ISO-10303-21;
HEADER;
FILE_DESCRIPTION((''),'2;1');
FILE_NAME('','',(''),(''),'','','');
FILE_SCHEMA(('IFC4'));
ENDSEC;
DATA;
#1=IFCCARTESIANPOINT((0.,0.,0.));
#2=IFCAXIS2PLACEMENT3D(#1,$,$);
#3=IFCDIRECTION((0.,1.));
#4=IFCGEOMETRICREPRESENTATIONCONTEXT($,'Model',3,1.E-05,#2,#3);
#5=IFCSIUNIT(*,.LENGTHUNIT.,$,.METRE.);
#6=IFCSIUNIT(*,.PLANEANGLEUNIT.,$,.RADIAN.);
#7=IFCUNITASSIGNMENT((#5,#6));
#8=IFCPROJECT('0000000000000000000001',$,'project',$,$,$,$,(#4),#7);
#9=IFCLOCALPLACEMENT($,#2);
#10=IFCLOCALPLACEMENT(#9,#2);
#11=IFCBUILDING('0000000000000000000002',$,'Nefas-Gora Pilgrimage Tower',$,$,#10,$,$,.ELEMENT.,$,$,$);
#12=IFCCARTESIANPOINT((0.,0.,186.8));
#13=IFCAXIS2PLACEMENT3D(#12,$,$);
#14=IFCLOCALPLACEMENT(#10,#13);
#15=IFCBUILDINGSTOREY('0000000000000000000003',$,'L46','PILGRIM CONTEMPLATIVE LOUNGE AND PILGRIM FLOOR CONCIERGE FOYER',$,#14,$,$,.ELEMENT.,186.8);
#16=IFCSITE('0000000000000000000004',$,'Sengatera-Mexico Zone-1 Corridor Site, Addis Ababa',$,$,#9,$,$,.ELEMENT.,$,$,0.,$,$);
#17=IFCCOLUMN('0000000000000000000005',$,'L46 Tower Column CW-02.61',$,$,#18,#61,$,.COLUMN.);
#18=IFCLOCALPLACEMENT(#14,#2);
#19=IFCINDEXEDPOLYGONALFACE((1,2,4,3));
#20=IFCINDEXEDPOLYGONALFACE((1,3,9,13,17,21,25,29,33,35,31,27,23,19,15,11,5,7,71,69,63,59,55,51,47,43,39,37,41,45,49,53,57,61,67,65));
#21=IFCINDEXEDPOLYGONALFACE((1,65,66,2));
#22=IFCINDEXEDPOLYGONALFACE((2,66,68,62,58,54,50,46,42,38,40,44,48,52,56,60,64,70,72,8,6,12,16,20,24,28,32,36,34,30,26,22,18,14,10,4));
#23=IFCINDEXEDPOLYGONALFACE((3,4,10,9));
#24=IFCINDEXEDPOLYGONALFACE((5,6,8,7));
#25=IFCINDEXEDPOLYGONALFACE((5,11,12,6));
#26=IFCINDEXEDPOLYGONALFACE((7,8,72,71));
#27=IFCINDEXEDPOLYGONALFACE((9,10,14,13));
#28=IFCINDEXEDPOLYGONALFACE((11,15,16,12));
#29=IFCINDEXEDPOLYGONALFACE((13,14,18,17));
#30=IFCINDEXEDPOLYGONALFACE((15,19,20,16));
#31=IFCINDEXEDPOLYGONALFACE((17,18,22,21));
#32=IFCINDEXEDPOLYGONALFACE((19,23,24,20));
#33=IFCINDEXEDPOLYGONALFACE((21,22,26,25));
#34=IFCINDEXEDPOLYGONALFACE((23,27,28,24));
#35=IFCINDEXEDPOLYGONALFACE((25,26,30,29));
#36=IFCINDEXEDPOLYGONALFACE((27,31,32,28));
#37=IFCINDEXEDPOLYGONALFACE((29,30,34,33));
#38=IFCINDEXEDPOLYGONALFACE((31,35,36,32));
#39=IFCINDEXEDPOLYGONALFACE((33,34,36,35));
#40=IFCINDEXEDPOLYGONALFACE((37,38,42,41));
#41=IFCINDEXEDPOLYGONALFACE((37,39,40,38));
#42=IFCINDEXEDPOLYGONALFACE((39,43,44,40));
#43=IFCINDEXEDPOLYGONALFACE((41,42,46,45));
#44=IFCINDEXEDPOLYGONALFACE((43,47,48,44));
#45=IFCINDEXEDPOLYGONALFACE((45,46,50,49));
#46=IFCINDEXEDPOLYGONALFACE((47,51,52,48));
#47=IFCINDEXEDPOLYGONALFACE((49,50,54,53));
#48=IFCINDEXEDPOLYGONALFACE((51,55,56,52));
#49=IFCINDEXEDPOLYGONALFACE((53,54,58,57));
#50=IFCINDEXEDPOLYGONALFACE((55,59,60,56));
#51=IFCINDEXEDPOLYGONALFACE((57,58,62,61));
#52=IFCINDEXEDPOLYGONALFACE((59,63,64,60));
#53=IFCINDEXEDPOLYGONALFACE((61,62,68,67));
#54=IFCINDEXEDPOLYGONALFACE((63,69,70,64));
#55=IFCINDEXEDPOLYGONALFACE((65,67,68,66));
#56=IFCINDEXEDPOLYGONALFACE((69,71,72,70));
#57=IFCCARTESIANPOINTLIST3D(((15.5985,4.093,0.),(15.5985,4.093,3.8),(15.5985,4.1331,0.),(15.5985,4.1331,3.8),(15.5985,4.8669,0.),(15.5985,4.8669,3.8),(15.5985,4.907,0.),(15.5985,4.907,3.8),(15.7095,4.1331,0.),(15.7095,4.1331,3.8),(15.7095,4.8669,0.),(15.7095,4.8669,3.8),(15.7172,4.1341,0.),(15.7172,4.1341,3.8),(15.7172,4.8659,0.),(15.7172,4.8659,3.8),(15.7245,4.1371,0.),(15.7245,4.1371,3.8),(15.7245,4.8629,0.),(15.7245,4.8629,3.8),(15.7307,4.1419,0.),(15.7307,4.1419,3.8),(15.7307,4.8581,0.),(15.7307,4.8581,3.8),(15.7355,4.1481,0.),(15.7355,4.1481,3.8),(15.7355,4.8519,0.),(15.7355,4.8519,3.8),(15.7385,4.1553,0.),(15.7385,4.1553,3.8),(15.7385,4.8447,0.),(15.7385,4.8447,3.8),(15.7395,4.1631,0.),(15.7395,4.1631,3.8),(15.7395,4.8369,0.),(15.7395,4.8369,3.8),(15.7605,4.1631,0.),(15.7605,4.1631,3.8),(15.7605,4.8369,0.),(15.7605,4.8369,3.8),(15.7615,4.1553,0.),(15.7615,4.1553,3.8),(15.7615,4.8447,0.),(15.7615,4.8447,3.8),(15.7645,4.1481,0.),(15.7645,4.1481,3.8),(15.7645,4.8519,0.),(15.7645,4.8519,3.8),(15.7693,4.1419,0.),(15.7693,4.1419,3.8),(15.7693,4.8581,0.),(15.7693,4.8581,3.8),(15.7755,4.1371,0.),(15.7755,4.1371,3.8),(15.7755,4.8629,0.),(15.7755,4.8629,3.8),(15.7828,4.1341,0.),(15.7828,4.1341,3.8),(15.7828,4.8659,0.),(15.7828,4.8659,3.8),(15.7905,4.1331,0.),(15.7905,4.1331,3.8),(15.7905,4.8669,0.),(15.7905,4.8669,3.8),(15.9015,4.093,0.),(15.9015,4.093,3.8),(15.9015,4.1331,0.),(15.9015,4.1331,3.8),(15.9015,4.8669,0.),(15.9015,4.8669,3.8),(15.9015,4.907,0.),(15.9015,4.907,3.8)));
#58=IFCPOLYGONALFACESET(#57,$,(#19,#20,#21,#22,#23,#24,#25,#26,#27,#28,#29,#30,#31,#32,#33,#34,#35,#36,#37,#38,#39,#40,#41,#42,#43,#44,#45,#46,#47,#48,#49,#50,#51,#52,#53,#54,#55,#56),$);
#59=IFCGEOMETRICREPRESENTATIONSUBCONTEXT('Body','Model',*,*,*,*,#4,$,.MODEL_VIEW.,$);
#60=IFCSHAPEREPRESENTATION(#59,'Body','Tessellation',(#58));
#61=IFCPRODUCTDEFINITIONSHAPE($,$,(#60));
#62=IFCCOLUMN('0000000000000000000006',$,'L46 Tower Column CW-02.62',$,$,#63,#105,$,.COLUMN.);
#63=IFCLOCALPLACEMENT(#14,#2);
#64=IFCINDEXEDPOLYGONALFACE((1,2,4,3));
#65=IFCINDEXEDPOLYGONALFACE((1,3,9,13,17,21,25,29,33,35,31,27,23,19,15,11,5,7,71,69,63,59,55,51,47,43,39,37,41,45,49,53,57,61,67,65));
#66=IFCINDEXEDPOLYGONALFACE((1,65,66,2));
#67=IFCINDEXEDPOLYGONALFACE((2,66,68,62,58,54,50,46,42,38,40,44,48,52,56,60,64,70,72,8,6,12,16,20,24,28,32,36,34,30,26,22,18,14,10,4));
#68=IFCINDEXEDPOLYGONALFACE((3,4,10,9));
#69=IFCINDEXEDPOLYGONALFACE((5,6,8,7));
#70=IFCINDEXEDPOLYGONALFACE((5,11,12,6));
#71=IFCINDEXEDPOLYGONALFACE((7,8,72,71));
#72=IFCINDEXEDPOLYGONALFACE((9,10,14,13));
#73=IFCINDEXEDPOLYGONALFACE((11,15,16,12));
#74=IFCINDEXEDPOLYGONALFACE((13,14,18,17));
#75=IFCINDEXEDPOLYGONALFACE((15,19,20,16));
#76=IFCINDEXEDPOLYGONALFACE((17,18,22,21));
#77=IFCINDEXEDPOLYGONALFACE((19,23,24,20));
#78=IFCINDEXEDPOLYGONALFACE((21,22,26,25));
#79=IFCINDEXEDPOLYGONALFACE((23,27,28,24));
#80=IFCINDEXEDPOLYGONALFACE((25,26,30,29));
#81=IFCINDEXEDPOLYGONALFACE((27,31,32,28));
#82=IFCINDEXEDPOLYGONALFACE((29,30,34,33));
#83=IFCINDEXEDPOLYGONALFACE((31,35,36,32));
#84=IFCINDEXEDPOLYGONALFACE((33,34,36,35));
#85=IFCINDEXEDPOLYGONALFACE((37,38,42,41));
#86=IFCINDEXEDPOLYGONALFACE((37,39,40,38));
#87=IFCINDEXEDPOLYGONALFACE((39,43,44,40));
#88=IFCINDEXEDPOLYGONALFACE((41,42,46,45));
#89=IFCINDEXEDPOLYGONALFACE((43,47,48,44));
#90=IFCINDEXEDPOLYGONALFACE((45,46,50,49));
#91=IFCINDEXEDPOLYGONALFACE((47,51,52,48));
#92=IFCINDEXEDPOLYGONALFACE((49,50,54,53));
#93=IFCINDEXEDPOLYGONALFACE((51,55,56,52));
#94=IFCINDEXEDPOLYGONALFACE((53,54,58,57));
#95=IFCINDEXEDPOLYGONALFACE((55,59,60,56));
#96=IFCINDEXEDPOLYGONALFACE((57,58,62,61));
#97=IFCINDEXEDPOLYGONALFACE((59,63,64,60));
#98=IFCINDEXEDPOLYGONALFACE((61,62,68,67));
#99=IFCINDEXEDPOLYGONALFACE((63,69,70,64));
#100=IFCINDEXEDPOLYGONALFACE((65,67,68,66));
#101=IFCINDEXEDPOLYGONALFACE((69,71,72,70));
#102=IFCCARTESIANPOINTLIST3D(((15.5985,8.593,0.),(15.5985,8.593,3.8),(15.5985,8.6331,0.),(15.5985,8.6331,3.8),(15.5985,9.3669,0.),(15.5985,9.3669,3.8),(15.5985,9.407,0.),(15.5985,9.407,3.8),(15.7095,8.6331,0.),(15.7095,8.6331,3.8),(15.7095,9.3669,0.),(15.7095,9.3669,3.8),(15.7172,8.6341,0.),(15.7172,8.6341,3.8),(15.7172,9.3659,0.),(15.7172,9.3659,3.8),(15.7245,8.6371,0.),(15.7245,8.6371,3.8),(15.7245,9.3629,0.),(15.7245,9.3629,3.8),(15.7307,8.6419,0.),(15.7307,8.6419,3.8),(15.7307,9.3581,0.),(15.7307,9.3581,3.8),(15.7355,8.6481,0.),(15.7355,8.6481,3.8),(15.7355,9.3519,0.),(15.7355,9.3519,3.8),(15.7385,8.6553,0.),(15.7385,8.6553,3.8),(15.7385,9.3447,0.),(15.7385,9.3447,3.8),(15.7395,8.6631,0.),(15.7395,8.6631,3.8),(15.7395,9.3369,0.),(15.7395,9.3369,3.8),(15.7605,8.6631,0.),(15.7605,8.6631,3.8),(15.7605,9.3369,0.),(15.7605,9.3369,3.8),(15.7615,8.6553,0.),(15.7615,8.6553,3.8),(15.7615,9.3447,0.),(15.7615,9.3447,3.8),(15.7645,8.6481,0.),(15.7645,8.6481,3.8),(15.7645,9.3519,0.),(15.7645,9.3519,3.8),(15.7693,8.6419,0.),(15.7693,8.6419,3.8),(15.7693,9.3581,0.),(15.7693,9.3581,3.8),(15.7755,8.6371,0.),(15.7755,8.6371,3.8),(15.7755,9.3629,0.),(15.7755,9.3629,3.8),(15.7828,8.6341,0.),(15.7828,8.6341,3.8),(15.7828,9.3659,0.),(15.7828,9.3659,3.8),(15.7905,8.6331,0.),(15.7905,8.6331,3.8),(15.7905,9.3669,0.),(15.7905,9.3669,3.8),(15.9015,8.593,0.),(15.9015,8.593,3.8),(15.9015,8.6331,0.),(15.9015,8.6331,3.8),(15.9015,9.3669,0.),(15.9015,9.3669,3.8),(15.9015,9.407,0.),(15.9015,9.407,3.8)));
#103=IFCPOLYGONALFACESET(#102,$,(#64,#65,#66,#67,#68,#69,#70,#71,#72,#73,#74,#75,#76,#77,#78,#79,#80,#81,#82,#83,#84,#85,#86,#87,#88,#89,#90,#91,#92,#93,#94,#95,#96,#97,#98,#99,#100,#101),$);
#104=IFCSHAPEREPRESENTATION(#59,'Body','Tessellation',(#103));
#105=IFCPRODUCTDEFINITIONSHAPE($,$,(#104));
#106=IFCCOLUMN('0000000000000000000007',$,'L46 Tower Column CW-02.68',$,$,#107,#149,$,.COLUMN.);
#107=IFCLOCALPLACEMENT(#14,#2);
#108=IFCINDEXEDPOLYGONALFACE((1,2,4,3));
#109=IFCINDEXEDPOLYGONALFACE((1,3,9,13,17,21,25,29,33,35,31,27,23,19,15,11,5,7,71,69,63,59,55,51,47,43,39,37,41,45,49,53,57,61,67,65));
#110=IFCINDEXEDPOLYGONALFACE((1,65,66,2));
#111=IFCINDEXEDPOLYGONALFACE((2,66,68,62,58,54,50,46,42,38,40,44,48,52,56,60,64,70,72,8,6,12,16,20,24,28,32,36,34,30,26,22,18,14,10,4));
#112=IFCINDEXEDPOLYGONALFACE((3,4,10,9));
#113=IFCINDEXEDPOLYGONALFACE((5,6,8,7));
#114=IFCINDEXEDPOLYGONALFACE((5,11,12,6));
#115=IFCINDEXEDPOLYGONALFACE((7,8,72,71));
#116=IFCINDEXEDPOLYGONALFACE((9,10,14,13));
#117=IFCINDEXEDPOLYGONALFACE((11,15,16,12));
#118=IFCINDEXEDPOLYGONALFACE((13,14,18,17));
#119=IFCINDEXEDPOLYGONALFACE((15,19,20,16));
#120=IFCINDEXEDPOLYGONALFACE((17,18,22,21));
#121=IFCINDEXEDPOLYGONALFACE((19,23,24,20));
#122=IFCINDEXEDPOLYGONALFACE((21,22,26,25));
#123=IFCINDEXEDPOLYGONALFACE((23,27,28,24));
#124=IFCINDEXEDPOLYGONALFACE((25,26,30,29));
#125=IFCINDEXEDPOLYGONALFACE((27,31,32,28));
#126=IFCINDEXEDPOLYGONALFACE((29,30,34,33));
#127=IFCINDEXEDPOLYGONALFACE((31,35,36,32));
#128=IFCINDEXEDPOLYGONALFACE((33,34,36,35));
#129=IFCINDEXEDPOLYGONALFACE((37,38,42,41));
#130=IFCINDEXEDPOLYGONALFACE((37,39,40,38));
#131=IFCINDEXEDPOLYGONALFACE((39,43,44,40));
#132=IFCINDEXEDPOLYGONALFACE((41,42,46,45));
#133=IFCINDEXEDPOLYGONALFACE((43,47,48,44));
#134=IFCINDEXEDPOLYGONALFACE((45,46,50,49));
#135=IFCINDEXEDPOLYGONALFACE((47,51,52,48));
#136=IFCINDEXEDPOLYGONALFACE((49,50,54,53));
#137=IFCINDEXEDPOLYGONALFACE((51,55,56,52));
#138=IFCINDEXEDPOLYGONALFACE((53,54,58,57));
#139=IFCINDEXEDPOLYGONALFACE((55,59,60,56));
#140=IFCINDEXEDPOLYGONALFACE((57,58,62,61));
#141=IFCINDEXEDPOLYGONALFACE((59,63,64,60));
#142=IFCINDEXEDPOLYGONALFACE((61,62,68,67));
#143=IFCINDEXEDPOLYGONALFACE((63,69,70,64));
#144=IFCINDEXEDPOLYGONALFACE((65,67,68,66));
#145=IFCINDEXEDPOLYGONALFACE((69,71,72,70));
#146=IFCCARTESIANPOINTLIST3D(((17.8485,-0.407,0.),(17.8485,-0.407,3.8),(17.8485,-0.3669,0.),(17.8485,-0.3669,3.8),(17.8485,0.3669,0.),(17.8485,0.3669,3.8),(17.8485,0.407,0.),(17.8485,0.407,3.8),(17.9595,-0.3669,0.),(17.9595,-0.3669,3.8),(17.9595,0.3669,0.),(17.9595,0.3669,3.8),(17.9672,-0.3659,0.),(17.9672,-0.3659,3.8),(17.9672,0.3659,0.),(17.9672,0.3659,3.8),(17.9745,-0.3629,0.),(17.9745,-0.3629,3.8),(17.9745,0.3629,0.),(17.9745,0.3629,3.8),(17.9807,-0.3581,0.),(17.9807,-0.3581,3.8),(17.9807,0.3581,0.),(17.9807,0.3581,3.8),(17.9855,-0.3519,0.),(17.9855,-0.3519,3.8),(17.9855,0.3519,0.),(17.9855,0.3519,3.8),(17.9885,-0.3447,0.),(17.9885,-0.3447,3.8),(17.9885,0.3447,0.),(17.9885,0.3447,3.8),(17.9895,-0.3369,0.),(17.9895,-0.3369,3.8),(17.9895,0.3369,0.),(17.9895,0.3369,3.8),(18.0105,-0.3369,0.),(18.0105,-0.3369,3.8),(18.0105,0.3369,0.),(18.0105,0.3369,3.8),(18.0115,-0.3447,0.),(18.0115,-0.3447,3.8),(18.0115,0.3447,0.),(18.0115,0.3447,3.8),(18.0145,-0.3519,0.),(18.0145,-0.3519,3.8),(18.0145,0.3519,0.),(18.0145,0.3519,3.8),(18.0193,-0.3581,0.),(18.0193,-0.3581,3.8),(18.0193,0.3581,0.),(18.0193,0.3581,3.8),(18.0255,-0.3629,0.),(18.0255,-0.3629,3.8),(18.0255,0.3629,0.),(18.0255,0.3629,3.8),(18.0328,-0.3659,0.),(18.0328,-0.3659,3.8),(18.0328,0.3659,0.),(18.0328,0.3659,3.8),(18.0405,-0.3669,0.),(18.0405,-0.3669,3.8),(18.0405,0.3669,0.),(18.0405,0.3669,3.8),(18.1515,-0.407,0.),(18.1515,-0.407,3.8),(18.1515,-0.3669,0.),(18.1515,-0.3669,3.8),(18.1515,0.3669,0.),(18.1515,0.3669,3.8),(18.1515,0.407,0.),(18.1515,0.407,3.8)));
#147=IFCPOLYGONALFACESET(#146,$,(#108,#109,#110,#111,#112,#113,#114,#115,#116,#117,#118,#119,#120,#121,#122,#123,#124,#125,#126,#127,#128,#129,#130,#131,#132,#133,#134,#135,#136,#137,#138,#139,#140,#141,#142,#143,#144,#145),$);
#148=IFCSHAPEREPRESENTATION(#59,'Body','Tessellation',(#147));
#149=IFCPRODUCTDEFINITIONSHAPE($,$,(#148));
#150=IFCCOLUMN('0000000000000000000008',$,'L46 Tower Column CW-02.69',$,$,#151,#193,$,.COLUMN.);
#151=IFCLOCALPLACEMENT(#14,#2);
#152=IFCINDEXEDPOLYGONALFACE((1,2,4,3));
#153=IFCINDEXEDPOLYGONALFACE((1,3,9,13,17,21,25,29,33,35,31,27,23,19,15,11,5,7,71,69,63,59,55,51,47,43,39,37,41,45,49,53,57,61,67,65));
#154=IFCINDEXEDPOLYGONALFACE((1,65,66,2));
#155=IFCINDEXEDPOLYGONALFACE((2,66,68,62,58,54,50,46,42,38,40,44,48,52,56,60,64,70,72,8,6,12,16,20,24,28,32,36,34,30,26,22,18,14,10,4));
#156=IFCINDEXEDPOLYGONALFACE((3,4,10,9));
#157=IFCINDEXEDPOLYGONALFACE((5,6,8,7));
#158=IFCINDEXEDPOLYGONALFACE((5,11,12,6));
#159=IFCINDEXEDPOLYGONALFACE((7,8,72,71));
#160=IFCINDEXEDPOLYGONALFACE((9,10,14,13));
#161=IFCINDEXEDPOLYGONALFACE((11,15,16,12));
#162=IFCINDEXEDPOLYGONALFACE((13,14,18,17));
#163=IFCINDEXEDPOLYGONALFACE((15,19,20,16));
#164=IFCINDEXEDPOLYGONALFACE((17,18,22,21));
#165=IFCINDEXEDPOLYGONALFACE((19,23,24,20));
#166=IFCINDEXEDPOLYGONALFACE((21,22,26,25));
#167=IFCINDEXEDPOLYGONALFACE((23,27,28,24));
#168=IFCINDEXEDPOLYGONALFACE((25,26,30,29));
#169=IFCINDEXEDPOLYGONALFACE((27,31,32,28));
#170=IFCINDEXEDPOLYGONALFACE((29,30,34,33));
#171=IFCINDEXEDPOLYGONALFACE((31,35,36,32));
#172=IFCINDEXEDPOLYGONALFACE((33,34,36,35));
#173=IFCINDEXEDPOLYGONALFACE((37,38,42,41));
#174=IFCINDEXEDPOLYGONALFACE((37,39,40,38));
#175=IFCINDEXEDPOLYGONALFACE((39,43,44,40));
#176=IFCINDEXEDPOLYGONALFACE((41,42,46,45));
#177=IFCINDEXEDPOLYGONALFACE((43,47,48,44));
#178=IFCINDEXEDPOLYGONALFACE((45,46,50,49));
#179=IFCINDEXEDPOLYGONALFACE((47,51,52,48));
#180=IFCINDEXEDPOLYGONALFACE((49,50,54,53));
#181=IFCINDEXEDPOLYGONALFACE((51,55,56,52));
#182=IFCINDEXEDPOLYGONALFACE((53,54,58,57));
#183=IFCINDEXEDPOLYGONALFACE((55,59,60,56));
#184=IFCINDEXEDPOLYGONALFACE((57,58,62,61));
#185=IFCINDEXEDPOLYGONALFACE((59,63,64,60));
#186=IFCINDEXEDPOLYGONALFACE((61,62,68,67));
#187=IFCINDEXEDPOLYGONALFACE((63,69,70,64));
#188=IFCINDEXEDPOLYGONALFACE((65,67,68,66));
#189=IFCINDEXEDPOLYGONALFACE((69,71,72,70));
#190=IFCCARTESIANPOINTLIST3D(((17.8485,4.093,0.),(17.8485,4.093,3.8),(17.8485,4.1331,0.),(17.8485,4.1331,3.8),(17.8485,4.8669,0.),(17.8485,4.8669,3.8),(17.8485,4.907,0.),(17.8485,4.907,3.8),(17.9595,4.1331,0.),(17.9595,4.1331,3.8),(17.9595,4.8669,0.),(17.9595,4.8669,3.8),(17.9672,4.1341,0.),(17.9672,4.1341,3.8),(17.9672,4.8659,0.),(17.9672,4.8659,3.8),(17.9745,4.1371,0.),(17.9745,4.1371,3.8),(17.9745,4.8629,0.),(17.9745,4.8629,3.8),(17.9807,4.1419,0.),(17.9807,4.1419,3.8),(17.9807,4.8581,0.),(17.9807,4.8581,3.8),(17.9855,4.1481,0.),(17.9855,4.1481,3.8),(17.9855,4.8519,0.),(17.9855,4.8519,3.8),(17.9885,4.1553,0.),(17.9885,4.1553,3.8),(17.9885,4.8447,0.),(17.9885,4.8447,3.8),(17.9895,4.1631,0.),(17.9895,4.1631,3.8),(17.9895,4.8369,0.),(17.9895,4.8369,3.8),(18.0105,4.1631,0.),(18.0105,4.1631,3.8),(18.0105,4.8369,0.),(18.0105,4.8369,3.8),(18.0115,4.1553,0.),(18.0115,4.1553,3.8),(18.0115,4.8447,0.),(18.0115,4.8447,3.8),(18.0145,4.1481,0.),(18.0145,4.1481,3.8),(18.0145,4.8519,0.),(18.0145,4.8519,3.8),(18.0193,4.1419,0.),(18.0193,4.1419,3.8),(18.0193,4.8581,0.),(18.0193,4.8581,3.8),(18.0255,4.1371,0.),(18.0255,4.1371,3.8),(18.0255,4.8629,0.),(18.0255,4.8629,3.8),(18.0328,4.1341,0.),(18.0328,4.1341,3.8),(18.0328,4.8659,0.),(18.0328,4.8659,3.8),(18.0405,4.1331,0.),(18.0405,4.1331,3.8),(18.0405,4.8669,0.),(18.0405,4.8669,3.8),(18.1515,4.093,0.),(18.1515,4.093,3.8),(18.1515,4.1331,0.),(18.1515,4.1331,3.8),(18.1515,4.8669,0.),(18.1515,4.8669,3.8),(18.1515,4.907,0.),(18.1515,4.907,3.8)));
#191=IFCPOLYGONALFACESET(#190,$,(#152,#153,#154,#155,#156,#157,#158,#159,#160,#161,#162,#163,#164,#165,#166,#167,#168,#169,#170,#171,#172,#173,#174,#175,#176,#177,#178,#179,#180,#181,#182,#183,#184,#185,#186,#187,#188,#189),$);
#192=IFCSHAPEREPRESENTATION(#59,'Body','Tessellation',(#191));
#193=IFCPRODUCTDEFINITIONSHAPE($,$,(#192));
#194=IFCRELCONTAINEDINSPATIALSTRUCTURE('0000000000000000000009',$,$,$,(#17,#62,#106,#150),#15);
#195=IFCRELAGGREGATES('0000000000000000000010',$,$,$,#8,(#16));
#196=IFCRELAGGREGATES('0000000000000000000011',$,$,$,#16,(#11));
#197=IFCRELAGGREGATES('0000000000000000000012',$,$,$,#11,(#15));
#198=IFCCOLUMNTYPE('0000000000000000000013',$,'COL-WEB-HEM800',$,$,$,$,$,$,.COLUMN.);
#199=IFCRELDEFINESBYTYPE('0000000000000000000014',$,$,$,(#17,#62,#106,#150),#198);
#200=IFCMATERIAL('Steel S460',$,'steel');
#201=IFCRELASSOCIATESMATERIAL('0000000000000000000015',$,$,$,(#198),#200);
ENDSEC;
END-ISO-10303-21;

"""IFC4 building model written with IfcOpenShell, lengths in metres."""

from ifc_helpers import new_model, si_unit, direction, frame, origin, origin_2d, place, context, subcontext, project, spatial, i_section, extrude, source, transform, mapped, material, material_profile, profile_set, type_object, element, save


model = new_model("IFC4")

# Units and contexts
model_context = context("Model", 3, precision=1e-05, world=origin(), true_north=direction((0.0, 1.0)))
body_context = subcontext(model_context, "Body", "Model", "MODEL_VIEW")
ifc_project = project(units=[si_unit("LENGTHUNIT", "METRE"), si_unit("PLANEANGLEUNIT", "RADIAN")], contexts=[model_context])

# Site, building, storey
site_placement = place(None, origin())
site = spatial("IfcSite", under=ifc_project, at=site_placement, Name="Sengatera-Mexico Zone-1 Corridor Site, Addis Ababa", CompositionType="ELEMENT", RefElevation=0.0)
building_placement = place(site_placement, origin())
building = spatial("IfcBuilding", under=site, at=building_placement, Name="Nefas-Gora Pilgrimage Tower", CompositionType="ELEMENT")
storey_placement = place(building_placement, frame((0.0, 0.0, 186.8)))
storey = spatial("IfcBuildingStorey", under=building, at=storey_placement, Name="L46", Description="PILGRIM CONTEMPLATIVE LOUNGE AND PILGRIM FLOOR CONCIERGE FOYER", CompositionType="ELEMENT", Elevation=186.8)

# Columns
ifc_material_1 = material(Name="Steel S460", Category="steel")
ifc_material_profile_1 = material_profile(ifc_material_1, i_section(OverallWidth=0.303, OverallDepth=0.814, WebThickness=0.021, FlangeThickness=0.04, FilletRadius=0.03, at=origin_2d()), Name="HEM 800")
ifc_profile_set_1 = profile_set([ifc_material_profile_1], Name="Steel S460")
column_type_1 = type_object("IfcColumnType", Name="COL-WEB-HEM800", PredefinedType="COLUMN", material=ifc_profile_set_1)
shared_shape_1 = source(origin(), body_context, "Body", "SweptSolid", [
    extrude(i_section(OverallWidth=0.303, OverallDepth=0.814, WebThickness=0.021, FlangeThickness=0.04, FilletRadius=0.03, at=origin_2d()), origin(), (0.0, 0.0, 1.0), 3.8),
])
for number, where, z_axis, x_axis, name in (
    (1, (15.75, 4.5, 0.0), (0.0, 0.0, 1.0), (1.0, 0.0, 0.0), "L46 Tower Column CW-02.61"),
    (2, (15.75, 9.0, 0.0), (0.0, 0.0, 1.0), (1.0, 0.0, 0.0), "L46 Tower Column CW-02.62"),
    (3, (18.0, 0.0, 0.0), (0.0, 0.0, 1.0), (1.0, 0.0, 0.0), "L46 Tower Column CW-02.68"),
    (4, (18.0, 4.5, 0.0), (0.0, 0.0, 1.0), (1.0, 0.0, 0.0), "L46 Tower Column CW-02.69"),
):
    element("IfcColumn", number, at=place(storey_placement, frame(where, z_axis=z_axis, x_axis=x_axis)), inside=storey, type_object=column_type_1, Name=name, PredefinedType="COLUMN", context=body_context, shape_type="MappedRepresentation", body=[
        mapped(shared_shape_1, transform((0.0, 0.0, 0.0), x_axis=(1.0, 0.0, 0.0), y_axis=(0.0, 1.0, 0.0), z_axis=(0.0, 0.0, 1.0), scale=1.0)),
    ])

save(model, "model.ifc")
